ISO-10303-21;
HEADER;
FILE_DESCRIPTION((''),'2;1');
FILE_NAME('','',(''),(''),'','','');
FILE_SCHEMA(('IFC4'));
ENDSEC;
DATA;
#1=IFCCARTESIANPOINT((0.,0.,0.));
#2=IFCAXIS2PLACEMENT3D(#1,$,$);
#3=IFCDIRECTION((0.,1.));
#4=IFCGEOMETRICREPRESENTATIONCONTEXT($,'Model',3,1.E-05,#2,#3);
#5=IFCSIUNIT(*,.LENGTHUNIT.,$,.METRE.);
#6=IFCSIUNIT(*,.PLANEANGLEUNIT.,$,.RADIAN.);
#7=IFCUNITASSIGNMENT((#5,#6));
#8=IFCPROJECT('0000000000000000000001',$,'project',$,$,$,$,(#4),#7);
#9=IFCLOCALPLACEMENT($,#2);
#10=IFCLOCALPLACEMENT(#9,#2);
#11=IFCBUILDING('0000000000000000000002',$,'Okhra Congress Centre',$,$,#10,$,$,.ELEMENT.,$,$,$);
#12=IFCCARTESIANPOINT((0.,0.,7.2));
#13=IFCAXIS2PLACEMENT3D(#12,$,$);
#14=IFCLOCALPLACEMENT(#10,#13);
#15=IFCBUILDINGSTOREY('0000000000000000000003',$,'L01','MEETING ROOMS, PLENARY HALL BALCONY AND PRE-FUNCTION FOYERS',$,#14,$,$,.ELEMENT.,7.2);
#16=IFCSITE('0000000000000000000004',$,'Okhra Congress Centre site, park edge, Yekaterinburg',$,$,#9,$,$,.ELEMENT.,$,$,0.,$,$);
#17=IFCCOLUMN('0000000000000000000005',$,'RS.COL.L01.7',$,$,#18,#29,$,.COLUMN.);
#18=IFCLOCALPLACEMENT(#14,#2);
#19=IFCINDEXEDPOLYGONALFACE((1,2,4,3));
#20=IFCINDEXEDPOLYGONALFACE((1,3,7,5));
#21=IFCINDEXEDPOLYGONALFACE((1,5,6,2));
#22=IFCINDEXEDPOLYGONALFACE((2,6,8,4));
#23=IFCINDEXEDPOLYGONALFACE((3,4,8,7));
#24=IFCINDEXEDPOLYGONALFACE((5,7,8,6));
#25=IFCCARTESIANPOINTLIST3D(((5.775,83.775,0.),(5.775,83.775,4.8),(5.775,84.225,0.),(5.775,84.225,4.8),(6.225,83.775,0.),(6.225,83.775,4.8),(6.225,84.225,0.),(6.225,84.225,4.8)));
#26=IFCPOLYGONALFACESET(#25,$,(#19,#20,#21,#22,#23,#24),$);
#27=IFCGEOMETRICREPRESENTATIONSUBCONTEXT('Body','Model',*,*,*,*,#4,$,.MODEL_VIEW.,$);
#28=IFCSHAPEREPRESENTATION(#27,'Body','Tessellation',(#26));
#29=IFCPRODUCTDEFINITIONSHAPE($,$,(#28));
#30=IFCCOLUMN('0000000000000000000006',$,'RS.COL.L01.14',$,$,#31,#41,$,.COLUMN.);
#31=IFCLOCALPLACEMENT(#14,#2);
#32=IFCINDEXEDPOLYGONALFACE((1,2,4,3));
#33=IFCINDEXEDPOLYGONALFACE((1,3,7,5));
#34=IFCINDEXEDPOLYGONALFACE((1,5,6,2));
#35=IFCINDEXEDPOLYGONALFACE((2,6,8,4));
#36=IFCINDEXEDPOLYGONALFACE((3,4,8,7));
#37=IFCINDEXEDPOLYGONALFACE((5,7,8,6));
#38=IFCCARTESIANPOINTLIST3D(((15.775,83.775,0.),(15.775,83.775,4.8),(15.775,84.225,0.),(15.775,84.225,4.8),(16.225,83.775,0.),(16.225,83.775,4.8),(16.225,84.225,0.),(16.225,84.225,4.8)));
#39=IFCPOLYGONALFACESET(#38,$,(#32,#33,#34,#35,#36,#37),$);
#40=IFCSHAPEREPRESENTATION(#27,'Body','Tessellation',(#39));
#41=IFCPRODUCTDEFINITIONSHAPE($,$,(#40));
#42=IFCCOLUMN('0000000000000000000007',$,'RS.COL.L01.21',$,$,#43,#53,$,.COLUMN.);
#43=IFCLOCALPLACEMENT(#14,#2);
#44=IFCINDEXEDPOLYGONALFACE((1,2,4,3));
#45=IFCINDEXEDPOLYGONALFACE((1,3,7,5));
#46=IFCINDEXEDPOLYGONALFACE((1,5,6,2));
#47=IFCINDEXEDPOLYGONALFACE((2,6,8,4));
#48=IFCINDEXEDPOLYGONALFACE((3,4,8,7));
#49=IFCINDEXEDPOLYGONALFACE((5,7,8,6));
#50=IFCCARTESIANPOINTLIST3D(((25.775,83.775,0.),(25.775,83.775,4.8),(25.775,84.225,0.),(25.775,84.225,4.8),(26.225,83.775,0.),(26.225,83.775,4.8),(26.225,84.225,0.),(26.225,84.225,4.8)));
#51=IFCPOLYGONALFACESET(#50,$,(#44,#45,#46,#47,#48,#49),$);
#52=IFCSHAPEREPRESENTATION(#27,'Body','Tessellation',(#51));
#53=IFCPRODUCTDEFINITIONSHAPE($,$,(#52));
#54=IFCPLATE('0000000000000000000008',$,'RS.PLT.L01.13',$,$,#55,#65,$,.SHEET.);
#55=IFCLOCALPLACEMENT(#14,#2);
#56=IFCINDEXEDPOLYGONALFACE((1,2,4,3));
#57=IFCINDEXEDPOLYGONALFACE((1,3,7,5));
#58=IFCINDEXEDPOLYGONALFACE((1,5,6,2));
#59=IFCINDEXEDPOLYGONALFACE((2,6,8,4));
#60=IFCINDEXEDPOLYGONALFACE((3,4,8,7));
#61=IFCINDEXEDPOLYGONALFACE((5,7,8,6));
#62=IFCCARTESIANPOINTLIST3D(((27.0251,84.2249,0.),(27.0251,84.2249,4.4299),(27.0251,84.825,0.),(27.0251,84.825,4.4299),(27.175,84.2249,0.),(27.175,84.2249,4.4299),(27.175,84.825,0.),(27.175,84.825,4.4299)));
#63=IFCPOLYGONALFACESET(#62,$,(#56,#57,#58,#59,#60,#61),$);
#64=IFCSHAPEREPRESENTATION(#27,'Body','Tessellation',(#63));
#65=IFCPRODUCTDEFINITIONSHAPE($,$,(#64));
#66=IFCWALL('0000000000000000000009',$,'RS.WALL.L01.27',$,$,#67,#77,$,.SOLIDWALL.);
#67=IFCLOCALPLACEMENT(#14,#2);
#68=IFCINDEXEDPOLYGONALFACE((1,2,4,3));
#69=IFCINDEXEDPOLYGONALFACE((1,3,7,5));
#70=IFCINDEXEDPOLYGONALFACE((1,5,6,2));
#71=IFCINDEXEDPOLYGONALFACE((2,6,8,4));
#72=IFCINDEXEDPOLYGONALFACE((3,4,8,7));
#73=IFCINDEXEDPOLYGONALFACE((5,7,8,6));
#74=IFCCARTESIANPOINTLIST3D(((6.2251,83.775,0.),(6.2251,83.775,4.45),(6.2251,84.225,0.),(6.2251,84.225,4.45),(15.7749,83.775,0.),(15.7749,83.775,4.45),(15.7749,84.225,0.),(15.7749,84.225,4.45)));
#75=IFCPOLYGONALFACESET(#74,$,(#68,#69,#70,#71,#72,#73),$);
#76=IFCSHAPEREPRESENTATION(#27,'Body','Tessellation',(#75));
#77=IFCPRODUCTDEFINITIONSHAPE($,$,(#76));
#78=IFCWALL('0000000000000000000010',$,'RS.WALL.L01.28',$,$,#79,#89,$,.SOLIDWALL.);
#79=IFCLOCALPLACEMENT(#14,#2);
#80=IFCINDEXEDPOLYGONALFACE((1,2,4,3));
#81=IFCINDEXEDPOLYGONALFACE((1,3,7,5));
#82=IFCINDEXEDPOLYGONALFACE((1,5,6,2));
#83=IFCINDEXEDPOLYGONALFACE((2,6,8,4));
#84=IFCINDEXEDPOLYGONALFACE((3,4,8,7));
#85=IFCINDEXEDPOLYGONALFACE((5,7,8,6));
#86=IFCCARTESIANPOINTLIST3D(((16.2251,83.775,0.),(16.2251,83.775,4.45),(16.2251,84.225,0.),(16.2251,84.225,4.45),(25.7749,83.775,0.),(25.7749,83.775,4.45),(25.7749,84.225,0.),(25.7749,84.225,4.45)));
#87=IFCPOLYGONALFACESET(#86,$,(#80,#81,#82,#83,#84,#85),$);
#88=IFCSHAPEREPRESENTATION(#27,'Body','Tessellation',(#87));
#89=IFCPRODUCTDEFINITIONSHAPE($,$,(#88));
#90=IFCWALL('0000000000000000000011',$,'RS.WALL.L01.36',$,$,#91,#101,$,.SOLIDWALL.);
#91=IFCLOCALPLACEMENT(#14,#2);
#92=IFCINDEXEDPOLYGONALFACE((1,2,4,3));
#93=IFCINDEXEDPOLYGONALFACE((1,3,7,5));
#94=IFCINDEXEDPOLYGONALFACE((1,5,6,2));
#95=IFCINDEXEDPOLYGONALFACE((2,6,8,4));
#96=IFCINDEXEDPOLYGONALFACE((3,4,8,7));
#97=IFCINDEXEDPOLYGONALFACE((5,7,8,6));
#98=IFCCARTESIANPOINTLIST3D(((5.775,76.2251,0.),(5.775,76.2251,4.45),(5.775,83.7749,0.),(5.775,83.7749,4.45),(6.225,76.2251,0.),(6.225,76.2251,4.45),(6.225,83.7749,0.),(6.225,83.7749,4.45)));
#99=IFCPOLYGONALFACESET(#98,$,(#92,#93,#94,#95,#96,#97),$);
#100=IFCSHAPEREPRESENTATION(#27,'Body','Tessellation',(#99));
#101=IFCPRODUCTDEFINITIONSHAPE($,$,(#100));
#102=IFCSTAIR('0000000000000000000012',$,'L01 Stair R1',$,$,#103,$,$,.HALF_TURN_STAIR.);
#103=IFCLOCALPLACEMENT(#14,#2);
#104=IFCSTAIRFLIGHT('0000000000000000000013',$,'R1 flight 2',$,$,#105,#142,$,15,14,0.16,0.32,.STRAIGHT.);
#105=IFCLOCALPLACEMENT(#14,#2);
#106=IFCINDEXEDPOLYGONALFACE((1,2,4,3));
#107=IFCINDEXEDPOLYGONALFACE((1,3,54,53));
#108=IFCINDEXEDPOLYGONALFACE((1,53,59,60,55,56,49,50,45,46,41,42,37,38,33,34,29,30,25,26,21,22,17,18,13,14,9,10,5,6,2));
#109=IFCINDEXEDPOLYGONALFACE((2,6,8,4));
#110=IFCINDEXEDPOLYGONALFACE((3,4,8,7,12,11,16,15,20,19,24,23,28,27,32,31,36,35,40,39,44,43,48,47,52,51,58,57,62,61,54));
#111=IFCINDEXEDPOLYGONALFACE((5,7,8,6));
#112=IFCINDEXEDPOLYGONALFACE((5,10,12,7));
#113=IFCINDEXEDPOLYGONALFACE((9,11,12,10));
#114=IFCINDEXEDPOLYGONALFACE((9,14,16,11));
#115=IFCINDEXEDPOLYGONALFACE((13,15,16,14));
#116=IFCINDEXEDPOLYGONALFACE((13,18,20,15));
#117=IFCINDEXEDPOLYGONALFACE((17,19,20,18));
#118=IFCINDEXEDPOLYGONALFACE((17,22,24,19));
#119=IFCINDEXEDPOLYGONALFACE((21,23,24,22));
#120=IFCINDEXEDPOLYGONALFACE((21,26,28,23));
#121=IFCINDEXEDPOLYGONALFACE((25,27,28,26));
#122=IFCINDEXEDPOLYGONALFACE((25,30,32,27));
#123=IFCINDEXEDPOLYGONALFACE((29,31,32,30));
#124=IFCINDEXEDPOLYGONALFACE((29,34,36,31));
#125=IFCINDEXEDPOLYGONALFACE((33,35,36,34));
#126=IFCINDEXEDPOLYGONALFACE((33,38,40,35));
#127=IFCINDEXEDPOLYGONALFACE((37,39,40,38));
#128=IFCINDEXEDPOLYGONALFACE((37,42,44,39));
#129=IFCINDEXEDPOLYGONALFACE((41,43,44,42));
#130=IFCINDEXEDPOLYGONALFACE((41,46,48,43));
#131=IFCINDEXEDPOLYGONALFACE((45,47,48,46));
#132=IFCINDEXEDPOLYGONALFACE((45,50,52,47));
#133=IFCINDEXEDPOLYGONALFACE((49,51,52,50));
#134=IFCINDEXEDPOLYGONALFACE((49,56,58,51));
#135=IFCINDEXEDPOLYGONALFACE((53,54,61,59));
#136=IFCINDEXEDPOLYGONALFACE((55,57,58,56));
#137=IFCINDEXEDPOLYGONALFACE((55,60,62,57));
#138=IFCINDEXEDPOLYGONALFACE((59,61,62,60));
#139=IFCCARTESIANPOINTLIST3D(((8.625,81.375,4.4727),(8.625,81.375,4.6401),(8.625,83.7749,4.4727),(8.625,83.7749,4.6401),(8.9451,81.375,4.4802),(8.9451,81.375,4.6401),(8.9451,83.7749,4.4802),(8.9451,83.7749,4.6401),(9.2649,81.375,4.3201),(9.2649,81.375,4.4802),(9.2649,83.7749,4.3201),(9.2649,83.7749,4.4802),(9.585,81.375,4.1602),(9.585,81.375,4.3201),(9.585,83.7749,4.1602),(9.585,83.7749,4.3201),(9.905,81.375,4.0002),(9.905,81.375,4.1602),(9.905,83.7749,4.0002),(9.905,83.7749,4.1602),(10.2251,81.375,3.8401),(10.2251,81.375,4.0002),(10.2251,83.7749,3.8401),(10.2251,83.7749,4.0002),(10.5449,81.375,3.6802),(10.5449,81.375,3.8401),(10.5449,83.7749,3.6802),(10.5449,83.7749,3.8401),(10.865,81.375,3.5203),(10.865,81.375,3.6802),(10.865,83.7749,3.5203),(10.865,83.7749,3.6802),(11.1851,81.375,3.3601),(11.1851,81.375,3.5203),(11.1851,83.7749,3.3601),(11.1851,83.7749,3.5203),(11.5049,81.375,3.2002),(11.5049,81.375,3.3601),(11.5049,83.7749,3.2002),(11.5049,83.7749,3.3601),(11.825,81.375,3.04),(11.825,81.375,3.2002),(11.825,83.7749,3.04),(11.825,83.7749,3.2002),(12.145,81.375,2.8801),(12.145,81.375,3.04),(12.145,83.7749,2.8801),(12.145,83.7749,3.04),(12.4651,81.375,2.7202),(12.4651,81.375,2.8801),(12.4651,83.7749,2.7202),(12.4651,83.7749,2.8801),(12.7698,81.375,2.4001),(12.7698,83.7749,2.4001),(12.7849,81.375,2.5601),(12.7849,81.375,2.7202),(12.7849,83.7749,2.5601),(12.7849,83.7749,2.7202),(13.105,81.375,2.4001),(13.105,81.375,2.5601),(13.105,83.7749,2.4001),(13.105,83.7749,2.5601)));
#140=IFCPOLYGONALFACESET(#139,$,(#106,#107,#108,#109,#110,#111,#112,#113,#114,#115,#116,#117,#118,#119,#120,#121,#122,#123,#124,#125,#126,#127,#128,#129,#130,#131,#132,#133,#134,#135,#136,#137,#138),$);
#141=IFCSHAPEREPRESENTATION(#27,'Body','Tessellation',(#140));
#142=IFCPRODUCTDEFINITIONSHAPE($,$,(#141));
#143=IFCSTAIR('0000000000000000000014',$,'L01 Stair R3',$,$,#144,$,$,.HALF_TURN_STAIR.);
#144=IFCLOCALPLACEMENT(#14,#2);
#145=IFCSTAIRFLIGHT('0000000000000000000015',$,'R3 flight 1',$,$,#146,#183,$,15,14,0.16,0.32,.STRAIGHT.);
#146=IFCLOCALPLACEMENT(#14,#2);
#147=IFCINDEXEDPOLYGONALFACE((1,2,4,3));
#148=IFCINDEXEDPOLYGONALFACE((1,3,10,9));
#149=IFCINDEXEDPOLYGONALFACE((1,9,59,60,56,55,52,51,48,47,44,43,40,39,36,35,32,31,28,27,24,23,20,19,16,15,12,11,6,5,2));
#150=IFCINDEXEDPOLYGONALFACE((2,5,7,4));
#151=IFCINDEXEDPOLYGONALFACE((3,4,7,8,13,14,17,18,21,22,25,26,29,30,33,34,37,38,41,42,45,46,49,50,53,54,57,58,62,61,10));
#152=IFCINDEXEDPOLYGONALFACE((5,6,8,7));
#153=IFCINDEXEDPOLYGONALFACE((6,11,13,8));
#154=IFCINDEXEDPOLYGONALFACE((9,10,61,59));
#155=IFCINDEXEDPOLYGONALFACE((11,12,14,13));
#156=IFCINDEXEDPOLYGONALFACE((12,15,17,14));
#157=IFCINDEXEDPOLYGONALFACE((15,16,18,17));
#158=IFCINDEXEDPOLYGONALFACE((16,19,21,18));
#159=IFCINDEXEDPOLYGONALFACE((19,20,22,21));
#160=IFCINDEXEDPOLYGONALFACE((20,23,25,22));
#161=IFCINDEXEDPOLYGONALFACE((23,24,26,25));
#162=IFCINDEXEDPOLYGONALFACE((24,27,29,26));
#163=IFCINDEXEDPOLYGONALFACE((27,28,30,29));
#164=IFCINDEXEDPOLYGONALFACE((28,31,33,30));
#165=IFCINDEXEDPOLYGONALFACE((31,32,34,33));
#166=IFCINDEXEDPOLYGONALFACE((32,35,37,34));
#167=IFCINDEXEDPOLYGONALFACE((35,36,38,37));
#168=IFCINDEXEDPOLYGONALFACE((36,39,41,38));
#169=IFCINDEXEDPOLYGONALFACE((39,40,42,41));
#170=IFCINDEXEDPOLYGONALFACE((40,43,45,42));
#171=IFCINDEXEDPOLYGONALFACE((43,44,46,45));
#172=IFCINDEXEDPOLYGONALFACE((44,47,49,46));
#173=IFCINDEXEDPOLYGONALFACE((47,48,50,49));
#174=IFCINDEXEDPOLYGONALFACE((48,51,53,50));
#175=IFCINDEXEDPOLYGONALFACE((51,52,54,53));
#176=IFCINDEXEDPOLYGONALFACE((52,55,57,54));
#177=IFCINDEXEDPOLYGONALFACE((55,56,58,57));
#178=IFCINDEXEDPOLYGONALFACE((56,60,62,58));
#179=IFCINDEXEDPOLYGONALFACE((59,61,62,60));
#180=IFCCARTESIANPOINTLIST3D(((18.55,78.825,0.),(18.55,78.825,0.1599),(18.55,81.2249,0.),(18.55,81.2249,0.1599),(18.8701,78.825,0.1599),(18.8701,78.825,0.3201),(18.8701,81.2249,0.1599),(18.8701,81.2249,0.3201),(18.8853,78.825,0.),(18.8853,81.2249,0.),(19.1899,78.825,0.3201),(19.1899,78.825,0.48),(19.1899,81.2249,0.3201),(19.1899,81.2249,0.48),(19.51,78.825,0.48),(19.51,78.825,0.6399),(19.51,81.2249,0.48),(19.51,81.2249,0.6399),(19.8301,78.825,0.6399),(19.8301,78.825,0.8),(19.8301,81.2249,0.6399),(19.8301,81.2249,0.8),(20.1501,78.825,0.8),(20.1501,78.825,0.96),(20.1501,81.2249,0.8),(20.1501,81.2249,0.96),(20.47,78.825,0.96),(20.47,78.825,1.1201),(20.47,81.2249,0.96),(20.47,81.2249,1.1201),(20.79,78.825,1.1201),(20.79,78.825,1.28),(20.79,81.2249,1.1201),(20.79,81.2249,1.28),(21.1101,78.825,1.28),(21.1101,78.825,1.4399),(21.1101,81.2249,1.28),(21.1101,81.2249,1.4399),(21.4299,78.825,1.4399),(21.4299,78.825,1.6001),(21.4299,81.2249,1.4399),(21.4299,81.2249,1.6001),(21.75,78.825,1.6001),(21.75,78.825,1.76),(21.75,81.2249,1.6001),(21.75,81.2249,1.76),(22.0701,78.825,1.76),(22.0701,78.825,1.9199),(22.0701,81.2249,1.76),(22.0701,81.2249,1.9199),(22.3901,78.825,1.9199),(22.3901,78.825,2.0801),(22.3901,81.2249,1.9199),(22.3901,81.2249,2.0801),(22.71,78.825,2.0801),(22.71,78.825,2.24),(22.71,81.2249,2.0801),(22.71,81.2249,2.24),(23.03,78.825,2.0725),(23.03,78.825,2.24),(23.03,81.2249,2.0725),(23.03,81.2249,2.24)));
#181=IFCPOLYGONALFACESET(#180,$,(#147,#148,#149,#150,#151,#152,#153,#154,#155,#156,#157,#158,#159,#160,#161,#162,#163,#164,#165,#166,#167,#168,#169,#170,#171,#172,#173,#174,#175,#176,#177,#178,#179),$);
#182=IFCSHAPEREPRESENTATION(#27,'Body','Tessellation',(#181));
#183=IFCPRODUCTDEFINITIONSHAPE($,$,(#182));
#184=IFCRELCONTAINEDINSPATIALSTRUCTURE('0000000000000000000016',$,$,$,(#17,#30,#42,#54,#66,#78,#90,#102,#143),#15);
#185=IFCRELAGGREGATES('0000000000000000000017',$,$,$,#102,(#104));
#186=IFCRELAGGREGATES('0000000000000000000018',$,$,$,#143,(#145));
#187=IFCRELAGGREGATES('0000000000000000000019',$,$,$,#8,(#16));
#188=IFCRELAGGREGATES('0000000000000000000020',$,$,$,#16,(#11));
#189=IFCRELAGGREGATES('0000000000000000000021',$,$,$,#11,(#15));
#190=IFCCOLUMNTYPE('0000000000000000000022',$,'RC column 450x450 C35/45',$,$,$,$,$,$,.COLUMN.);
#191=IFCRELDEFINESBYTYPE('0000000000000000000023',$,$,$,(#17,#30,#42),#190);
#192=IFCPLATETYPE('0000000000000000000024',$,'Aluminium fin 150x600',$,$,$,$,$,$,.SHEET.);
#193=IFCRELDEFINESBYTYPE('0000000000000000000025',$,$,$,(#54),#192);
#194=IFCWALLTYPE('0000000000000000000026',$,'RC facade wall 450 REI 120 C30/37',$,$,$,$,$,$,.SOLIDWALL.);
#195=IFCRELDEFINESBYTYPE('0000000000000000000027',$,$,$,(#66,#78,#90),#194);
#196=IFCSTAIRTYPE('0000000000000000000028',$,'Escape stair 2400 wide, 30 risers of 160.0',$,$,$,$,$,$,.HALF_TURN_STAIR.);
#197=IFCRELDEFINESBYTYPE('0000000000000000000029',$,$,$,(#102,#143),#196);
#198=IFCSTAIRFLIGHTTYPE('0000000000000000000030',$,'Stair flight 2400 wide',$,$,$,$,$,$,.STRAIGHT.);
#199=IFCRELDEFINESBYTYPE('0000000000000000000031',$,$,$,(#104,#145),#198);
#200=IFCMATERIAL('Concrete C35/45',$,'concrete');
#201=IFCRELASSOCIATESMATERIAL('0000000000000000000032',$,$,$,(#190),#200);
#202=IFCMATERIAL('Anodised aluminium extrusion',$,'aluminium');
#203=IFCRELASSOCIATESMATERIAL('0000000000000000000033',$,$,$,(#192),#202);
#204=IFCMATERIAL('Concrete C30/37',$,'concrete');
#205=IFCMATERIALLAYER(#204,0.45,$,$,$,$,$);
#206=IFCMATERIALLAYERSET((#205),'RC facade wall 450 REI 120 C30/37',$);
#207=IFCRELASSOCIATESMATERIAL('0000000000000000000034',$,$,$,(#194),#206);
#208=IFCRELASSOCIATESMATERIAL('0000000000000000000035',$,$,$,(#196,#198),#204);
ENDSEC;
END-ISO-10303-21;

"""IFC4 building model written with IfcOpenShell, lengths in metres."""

from ifc_helpers import new_model, si_unit, direction, frame, frame_2d, origin, origin_2d, place, context, subcontext, project, spatial, polyline, rectangle, outline, extrude, material, layer, layer_set, material_profile, profile_set, type_object, element, aggregate, save


model = new_model("IFC4")

# Units and contexts
model_context = context("Model", 3, precision=1e-05, world=origin(), true_north=direction((0.0, 1.0)))
body_context = subcontext(model_context, "Body", "Model", "MODEL_VIEW")
ifc_project = project(units=[si_unit("LENGTHUNIT", "METRE"), si_unit("PLANEANGLEUNIT", "RADIAN")], contexts=[model_context])

# Site, building, storey
site_placement = place(None, origin())
site = spatial("IfcSite", under=ifc_project, at=site_placement, Name="Okhra Congress Centre site, park edge, Yekaterinburg", CompositionType="ELEMENT", RefElevation=0.0)
building_placement = place(site_placement, origin())
building = spatial("IfcBuilding", under=site, at=building_placement, Name="Okhra Congress Centre", CompositionType="ELEMENT")
storey_placement = place(building_placement, frame((0.0, 0.0, 7.2)))
storey = spatial("IfcBuildingStorey", under=building, at=storey_placement, Name="L01", Description="MEETING ROOMS, PLENARY HALL BALCONY AND PRE-FUNCTION FOYERS", CompositionType="ELEMENT", Elevation=7.2)

# Columns
ifc_material_1 = material(Name="Concrete C35/45", Category="concrete")
ifc_material_profile = material_profile(ifc_material_1, rectangle(XDim=0.45, YDim=0.45, at=origin_2d()), Name="RC 450x450")
ifc_profile_set = profile_set([ifc_material_profile], Name="Concrete C35/45")
column_type = type_object("IfcColumnType", Name="RC column 450x450 C35/45", PredefinedType="COLUMN", material=ifc_profile_set)
for number, where, z_axis, x_axis, name in (
    (1, (6.0, 84.0, 0.0), (0.0, 0.0, 1.0), (1.0, 0.0, 0.0), "RS.COL.L01.7"),
    (2, (16.0, 84.0, 0.0), (0.0, 0.0, 1.0), (1.0, 0.0, 0.0), "RS.COL.L01.14"),
    (3, (26.0, 84.0, 0.0), (0.0, 0.0, 1.0), (1.0, 0.0, 0.0), "RS.COL.L01.21"),
):
    element("IfcColumn", number, at=place(storey_placement, frame(where, z_axis=z_axis, x_axis=x_axis)), inside=storey, type_object=column_type, Name=name, PredefinedType="COLUMN", context=body_context, shape_type="SweptSolid", body=[
        extrude(rectangle(XDim=0.45, YDim=0.45, at=origin_2d()), origin(), (0.0, 0.0, 1.0), 4.8),
    ])

# Plate
ifc_material_2 = material(Name="Anodised aluminium extrusion", Category="aluminium")
plate_type = type_object("IfcPlateType", Name="Aluminium fin 150x600", PredefinedType="SHEET", material=ifc_material_2)
plate_placement = place(storey_placement, frame((27.1001, 84.5249, 0.0), z_axis=(0.0, 0.0, 1.0), x_axis=(-1.0, 0.0, 0.0)))
element("IfcPlate", 4, at=plate_placement, inside=storey, type_object=plate_type, Name="RS.PLT.L01.13", PredefinedType="SHEET", context=body_context, shape_type="SweptSolid", body=[
    extrude(rectangle(XDim=0.1499, YDim=0.6001, at=origin_2d()), origin(), (0.0, 0.0, 1.0), 4.4299),
])

# Walls
ifc_material_3 = material(Name="Concrete C30/37", Category="concrete")
ifc_layer = layer(ifc_material_3, 0.45)
ifc_layer_set = layer_set([ifc_layer], Name="RC facade wall 450 REI 120 C30/37")
wall_type = type_object("IfcWallType", Name="RC facade wall 450 REI 120 C30/37", PredefinedType="SOLIDWALL", material=ifc_layer_set)
for number, where, z_axis, x_axis, name in (
    (5, (15.7749, 84.0, 0.0), (0.0, 0.0, 1.0), (-1.0, 0.0, 0.0), "RS.WALL.L01.27"),
    (6, (25.7749, 84.0, 0.0), (0.0, 0.0, 1.0), (-1.0, 0.0, 0.0), "RS.WALL.L01.28"),
):
    element("IfcWall", number, at=place(storey_placement, frame(where, z_axis=z_axis, x_axis=x_axis)), inside=storey, type_object=wall_type, Name=name, PredefinedType="SOLIDWALL", context=body_context, shape_type="SweptSolid", body=[
        extrude(rectangle(XDim=9.5498, YDim=0.45, at=frame_2d((4.7749, 0.0))), origin(), (0.0, 0.0, 1.0), 4.45),
    ])
wall_placement = place(storey_placement, frame((6.0, 83.7749, 0.0), z_axis=(0.0, 0.0, 1.0), x_axis=(0.0, -1.0, 0.0)))
element("IfcWall", 7, at=wall_placement, inside=storey, type_object=wall_type, Name="RS.WALL.L01.36", PredefinedType="SOLIDWALL", context=body_context, shape_type="SweptSolid", body=[
    extrude(rectangle(XDim=7.5498, YDim=0.45, at=frame_2d((3.7749, 0.0))), origin(), (0.0, 0.0, 1.0), 4.45),
])

# Stair, stair flight
stair_type = type_object("IfcStairType", Name="Escape stair 2400 wide, 30 risers of 160.0", PredefinedType="HALF_TURN_STAIR", material=ifc_material_3)
stair_1_placement = place(storey_placement, origin())
stair_1 = element("IfcStair", 8, at=stair_1_placement, inside=storey, type_object=stair_type, Name="L01 Stair R1", PredefinedType="HALF_TURN_STAIR")
stair_flight_type = type_object("IfcStairFlightType", Name="Stair flight 2400 wide", PredefinedType="STRAIGHT", material=ifc_material_3)
stair_flight_1_placement = place(storey_placement, frame((13.105, 82.575, 2.4001), z_axis=(0.0, 0.0, 1.0), x_axis=(-1.0, 0.0, 0.0)))
stair_flight_1 = element("IfcStairFlight", 9, at=stair_flight_1_placement, type_object=stair_flight_type, Name="R1 flight 2", NumberOfRisers=15, NumberOfTreads=14, PredefinedType="STRAIGHT", RiserHeight=0.16, TreadLength=0.32, context=body_context, shape_type="SweptSolid", body=[
    extrude(outline(polyline([(0.0, 0.0), (0.0, 0.1599), (0.3201, 0.1599), (0.3201, 0.3201), (0.6399, 0.3201), (0.6399, 0.48), (0.96, 0.48), (0.96, 0.6399), (1.28, 0.6399), (1.28, 0.8), (1.6001, 0.8), (1.6001, 0.96), (1.9199, 0.96), (1.9199, 1.1201), (2.24, 1.1201), (2.24, 1.28), (2.5601, 1.28), (2.5601, 1.4399), (2.8799, 1.4399), (2.8799, 1.6001), (3.2, 1.6001), (3.2, 1.76), (3.52, 1.76), (3.52, 1.9199), (3.8401, 1.9199), (3.8401, 2.0801), (4.1599, 2.0801), (4.1599, 2.24), (4.48, 2.24), (4.48, 2.3999), (4.48, 2.0725), (0.3352, 0.0), (0.0, 0.0)])), frame((0.0, 1.2, 0.0), z_axis=(0.0, -1.0, 0.0), x_axis=(1.0, 0.0, 0.0)), (0.0, 0.0, 1.0), 2.3999),
])
aggregate(stair_1, [stair_flight_1])

# Stair, stair flight
stair_2_placement = place(storey_placement, origin())
stair_2 = element("IfcStair", 10, at=stair_2_placement, inside=storey, type_object=stair_type, Name="L01 Stair R3", PredefinedType="HALF_TURN_STAIR")
stair_flight_2_placement = place(storey_placement, frame((18.55, 80.0249, 0.0), z_axis=(0.0, 0.0, 1.0), x_axis=(1.0, 0.0, 0.0)))
stair_flight_2 = element("IfcStairFlight", 11, at=stair_flight_2_placement, type_object=stair_flight_type, Name="R3 flight 1", NumberOfRisers=15, NumberOfTreads=14, PredefinedType="STRAIGHT", RiserHeight=0.16, TreadLength=0.32, context=body_context, shape_type="SweptSolid", body=[
    extrude(outline(polyline([(0.0, 0.0), (0.0, 0.1599), (0.3201, 0.1599), (0.3201, 0.3201), (0.6399, 0.3201), (0.6399, 0.48), (0.96, 0.48), (0.96, 0.6399), (1.28, 0.6399), (1.28, 0.8), (1.6001, 0.8), (1.6001, 0.96), (1.9199, 0.96), (1.9199, 1.1201), (2.24, 1.1201), (2.24, 1.28), (2.5601, 1.28), (2.5601, 1.4399), (2.8799, 1.4399), (2.8799, 1.6001), (3.2, 1.6001), (3.2, 1.76), (3.52, 1.76), (3.52, 1.9199), (3.8401, 1.9199), (3.8401, 2.0801), (4.1599, 2.0801), (4.1599, 2.24), (4.48, 2.24), (4.48, 2.3999), (4.48, 2.0725), (0.3352, 0.0), (0.0, 0.0)])), frame((0.0, 1.2, 0.0), z_axis=(0.0, -1.0, 0.0), x_axis=(1.0, 0.0, 0.0)), (0.0, 0.0, 1.0), 2.3999),
])
aggregate(stair_2, [stair_flight_2])

save(model, "model.ifc")
